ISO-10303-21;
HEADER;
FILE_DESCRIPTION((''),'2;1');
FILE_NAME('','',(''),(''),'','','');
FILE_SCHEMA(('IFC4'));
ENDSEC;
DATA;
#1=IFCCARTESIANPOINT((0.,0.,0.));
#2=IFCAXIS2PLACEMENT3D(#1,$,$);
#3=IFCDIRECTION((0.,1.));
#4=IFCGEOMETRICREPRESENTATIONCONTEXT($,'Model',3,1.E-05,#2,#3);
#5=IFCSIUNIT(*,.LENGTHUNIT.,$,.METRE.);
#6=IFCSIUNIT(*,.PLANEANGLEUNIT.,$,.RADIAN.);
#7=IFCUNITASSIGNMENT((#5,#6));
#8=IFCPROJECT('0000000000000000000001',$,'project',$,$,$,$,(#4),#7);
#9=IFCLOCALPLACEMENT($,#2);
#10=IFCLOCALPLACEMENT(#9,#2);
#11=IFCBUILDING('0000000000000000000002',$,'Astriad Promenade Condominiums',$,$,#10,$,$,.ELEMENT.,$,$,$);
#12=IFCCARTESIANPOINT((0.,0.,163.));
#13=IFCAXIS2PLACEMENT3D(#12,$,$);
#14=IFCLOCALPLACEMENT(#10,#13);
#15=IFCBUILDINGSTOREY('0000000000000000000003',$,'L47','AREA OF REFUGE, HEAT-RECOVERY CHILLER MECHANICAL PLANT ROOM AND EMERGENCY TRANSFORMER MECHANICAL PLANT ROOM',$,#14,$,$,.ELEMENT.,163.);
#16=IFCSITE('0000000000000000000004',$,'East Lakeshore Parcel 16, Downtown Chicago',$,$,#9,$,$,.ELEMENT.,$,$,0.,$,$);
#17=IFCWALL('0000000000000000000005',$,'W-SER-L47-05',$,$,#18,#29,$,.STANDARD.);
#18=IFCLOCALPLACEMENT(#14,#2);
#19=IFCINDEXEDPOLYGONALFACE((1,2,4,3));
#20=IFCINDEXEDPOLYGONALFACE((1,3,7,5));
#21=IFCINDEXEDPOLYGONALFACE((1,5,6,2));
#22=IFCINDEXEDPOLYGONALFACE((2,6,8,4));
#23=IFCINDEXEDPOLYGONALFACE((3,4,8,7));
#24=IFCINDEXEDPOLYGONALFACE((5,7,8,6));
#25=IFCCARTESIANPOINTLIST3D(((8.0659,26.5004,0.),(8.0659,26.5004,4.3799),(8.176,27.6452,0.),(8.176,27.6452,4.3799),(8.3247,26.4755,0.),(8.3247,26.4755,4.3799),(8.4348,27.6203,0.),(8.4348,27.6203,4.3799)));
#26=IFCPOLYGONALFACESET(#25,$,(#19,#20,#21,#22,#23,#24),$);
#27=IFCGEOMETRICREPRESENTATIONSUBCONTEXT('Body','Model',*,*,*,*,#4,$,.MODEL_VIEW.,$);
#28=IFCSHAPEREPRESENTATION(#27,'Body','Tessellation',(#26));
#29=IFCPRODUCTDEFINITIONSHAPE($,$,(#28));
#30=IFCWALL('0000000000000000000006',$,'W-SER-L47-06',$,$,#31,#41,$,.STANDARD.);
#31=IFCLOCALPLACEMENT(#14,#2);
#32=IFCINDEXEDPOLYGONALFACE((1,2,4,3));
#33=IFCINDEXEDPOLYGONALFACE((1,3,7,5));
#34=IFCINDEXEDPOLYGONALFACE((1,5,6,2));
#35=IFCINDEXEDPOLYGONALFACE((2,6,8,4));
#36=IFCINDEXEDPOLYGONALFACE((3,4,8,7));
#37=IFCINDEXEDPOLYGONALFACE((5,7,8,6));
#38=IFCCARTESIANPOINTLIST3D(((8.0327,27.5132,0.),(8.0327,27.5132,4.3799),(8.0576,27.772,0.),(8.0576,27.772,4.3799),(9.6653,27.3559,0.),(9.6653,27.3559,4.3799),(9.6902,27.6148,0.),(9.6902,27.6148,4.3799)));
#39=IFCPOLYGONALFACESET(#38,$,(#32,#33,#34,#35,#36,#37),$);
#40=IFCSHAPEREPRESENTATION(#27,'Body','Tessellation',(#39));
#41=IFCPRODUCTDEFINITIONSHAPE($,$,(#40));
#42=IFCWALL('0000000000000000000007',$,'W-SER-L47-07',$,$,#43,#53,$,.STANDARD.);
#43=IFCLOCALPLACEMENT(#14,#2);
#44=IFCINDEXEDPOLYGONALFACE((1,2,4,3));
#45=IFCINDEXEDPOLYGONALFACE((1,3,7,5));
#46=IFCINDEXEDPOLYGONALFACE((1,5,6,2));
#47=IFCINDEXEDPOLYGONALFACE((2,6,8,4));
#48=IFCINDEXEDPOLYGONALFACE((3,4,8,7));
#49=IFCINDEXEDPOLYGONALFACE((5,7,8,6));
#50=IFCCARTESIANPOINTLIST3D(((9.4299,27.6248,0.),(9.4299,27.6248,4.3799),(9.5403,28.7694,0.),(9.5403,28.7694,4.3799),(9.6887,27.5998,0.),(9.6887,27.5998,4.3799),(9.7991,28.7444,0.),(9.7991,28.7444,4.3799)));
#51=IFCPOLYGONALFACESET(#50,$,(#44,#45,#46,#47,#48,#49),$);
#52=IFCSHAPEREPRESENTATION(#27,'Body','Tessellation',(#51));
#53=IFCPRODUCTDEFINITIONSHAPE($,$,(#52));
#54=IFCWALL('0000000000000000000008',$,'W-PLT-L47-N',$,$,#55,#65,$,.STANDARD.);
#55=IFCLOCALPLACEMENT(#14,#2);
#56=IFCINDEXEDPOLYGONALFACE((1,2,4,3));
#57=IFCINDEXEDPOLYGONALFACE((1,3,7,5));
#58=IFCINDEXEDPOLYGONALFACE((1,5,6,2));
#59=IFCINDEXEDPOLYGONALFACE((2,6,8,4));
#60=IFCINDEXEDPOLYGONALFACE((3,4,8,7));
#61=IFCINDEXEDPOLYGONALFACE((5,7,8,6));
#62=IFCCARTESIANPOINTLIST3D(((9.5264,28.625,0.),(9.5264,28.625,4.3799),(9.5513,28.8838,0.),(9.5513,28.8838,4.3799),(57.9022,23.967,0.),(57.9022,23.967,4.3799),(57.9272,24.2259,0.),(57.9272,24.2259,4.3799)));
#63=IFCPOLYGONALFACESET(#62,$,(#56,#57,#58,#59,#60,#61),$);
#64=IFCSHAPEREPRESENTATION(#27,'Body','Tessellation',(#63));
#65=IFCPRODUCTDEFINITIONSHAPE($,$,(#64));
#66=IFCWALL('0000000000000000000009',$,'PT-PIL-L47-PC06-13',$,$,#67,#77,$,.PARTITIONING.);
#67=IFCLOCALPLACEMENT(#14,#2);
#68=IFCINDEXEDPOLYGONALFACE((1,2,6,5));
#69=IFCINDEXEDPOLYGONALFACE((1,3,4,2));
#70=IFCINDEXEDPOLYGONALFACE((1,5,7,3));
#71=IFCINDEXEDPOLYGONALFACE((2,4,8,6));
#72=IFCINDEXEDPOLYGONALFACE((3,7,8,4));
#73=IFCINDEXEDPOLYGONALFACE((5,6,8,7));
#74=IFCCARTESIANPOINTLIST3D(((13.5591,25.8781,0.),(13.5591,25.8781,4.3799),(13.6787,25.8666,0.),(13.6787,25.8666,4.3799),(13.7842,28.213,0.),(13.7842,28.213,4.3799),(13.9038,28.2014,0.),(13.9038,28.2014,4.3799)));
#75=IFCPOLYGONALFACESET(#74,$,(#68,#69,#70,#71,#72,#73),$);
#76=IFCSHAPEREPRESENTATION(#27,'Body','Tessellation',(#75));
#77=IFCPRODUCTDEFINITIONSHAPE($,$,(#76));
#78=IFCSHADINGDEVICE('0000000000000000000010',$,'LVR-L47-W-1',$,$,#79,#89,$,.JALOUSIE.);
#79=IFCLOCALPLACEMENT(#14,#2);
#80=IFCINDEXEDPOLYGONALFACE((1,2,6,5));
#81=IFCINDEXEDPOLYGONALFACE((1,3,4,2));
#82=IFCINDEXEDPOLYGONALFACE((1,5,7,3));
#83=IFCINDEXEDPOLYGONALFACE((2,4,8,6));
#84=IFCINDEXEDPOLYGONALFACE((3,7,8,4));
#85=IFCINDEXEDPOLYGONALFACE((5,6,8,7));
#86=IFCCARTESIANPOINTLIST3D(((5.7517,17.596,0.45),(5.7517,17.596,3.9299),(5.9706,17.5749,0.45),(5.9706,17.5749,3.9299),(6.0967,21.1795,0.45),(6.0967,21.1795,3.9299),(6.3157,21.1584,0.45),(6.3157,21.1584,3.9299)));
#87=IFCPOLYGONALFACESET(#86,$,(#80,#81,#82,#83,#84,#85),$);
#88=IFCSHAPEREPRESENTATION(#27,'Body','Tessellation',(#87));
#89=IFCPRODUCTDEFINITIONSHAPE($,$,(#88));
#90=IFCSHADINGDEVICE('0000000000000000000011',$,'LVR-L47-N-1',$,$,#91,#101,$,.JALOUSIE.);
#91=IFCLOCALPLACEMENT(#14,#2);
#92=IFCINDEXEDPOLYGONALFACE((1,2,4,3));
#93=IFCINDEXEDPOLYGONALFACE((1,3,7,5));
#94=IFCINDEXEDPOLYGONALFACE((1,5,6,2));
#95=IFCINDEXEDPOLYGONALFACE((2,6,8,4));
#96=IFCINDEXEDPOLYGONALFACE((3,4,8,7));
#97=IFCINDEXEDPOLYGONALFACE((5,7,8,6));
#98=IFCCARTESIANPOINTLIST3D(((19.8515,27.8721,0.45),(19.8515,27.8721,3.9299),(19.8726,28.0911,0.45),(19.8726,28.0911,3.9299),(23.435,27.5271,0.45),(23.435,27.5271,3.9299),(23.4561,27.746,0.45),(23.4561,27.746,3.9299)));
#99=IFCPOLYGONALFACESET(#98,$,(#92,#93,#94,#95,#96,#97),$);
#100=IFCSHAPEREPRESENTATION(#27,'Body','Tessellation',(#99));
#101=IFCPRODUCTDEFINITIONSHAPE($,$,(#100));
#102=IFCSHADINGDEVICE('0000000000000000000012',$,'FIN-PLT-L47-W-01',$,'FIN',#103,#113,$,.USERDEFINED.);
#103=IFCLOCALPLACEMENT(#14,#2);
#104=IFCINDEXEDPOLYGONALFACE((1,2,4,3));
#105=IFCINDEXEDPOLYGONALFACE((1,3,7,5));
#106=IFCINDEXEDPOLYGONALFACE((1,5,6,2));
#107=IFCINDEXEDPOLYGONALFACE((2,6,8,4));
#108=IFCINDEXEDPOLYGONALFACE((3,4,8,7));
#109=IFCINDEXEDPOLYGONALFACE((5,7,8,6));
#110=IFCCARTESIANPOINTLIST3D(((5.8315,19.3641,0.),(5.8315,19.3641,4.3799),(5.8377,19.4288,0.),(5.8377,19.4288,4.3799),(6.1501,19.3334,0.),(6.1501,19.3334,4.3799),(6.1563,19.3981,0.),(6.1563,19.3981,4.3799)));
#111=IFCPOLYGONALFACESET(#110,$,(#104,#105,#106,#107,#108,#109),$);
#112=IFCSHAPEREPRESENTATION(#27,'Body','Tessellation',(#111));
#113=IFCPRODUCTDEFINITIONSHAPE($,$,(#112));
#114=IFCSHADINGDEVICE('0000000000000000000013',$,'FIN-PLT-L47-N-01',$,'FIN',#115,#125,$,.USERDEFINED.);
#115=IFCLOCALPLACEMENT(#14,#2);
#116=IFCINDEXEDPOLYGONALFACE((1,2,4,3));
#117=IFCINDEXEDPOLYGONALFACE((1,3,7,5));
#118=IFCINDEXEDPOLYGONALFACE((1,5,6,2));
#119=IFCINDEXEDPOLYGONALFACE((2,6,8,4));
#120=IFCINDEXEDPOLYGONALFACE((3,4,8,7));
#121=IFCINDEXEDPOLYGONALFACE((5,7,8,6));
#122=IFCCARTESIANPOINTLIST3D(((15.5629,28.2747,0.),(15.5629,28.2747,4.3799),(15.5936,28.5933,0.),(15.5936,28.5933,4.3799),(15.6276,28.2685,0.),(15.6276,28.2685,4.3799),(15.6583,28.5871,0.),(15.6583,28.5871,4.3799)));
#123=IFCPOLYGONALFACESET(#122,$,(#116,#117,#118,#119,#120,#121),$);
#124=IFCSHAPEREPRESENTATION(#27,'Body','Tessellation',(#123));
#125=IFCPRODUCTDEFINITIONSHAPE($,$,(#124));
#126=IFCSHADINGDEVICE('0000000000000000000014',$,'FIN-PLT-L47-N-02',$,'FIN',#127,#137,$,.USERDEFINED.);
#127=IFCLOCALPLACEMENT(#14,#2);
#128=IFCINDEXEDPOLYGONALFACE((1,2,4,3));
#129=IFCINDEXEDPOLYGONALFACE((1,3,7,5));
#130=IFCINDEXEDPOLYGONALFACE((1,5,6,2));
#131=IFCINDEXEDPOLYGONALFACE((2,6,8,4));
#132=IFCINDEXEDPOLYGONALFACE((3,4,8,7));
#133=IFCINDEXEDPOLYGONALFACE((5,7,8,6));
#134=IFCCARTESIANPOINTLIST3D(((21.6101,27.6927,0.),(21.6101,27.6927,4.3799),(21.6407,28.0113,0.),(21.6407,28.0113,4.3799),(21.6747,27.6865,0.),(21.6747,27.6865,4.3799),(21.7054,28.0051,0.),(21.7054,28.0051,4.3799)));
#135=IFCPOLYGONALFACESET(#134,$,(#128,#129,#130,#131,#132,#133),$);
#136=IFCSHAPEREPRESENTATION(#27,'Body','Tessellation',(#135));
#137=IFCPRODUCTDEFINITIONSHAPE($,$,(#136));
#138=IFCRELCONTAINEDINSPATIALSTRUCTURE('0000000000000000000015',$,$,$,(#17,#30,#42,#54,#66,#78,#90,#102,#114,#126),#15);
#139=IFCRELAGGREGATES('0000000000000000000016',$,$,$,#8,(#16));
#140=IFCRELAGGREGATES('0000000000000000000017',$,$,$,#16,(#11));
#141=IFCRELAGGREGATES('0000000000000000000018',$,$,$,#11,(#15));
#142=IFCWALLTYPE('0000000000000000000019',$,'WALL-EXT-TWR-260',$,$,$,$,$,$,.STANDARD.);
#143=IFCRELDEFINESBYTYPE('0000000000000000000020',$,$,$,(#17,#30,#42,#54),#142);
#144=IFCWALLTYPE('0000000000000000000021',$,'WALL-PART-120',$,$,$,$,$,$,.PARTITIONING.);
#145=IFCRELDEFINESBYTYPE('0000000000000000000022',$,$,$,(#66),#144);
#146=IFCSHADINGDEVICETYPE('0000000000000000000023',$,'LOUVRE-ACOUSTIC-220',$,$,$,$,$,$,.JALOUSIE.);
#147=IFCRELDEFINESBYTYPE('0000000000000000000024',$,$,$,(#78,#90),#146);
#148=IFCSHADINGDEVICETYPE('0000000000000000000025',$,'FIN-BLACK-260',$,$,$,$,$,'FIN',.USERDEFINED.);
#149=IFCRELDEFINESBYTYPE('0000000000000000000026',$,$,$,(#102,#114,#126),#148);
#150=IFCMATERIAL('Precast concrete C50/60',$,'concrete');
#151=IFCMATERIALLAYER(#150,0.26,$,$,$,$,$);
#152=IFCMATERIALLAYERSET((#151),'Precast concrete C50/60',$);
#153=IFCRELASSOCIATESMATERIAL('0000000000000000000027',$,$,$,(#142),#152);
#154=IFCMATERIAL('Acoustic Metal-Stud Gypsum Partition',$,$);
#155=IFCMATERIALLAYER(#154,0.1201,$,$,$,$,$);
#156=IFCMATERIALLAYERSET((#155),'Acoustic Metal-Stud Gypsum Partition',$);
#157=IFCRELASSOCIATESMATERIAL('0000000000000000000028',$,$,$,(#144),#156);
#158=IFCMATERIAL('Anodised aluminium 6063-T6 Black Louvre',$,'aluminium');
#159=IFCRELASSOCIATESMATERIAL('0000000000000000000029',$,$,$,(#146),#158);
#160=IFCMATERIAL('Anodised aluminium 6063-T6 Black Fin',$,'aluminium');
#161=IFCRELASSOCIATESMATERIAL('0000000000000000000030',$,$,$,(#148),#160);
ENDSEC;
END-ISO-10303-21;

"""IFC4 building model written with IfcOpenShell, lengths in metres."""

from ifc_helpers import new_model, si_unit, direction, frame, frame_2d, origin, origin_2d, place, context, subcontext, project, spatial, rectangle, extrude, source, transform, mapped, material, layer, layer_set, type_object, type_shapes, element, save


model = new_model("IFC4")

# Units and contexts
model_context = context("Model", 3, precision=1e-05, world=origin(), true_north=direction((0.0, 1.0)))
body_context = subcontext(model_context, "Body", "Model", "MODEL_VIEW")
ifc_project = project(units=[si_unit("LENGTHUNIT", "METRE"), si_unit("PLANEANGLEUNIT", "RADIAN")], contexts=[model_context])

# Site, building, storey
site_placement = place(None, origin())
site = spatial("IfcSite", under=ifc_project, at=site_placement, Name="East Lakeshore Parcel 16, Downtown Chicago", CompositionType="ELEMENT", RefElevation=0.0)
building_placement = place(site_placement, origin())
building = spatial("IfcBuilding", under=site, at=building_placement, Name="Astriad Promenade Condominiums", CompositionType="ELEMENT")
storey_placement = place(building_placement, frame((0.0, 0.0, 163.0)))
storey = spatial("IfcBuildingStorey", under=building, at=storey_placement, Name="L47", Description="AREA OF REFUGE, HEAT-RECOVERY CHILLER MECHANICAL PLANT ROOM AND EMERGENCY TRANSFORMER MECHANICAL PLANT ROOM", CompositionType="ELEMENT", Elevation=163.0)

# Walls
ifc_material_1 = material(Name="Precast concrete C50/60", Category="concrete")
ifc_layer_1 = layer(ifc_material_1, 0.26)
ifc_layer_set_1 = layer_set([ifc_layer_1], Name="Precast concrete C50/60")
wall_type_1 = type_object("IfcWallType", Name="WALL-EXT-TWR-260", PredefinedType="STANDARD", material=ifc_layer_set_1)
wall_1_placement = place(storey_placement, frame((8.1953, 26.4878, 0.0), z_axis=(0.0, 0.0, 1.0), x_axis=(0.095741, 0.995406, 0.0)))
element("IfcWall", 1, at=wall_1_placement, inside=storey, type_object=wall_type_1, Name="W-SER-L47-05", PredefinedType="STANDARD", context=body_context, shape_type="SweptSolid", body=[
    extrude(rectangle(XDim=1.1501, YDim=0.26, at=frame_2d((0.5752, 0.0))), origin(), (0.0, 0.0, 1.0), 4.3799),
])
wall_2_placement = place(storey_placement, frame((8.0452, 27.6426, 0.0), z_axis=(0.0, 0.0, 1.0), x_axis=(0.995395, -0.095863, 0.0)))
element("IfcWall", 2, at=wall_2_placement, inside=storey, type_object=wall_type_1, Name="W-SER-L47-06", PredefinedType="STANDARD", context=body_context, shape_type="SweptSolid", body=[
    extrude(rectangle(XDim=1.6401, YDim=0.26, at=frame_2d((0.8201, 0.0))), origin(), (0.0, 0.0, 1.0), 4.3799),
])
wall_3_placement = place(storey_placement, frame((9.5593, 27.6123, 0.0), z_axis=(0.0, 0.0, 1.0), x_axis=(0.095971, 0.995384, 0.0)))
element("IfcWall", 3, at=wall_3_placement, inside=storey, type_object=wall_type_1, Name="W-SER-L47-07", PredefinedType="STANDARD", context=body_context, shape_type="SweptSolid", body=[
    extrude(rectangle(XDim=1.1499, YDim=0.26, at=frame_2d((0.575, 0.0))), origin(), (0.0, 0.0, 1.0), 4.3799),
])
wall_4_placement = place(storey_placement, frame((9.5388, 28.7544, 0.0), z_axis=(0.0, 0.0, 1.0), x_axis=(0.995396, -0.095843, 0.0)))
element("IfcWall", 4, at=wall_4_placement, inside=storey, type_object=wall_type_1, Name="W-PLT-L47-N", PredefinedType="STANDARD", context=body_context, shape_type="SweptSolid", body=[
    extrude(rectangle(XDim=48.5996, YDim=0.26, at=frame_2d((24.2998, 0.0))), origin(), (0.0, 0.0, 1.0), 4.3799),
])
ifc_material_2 = material(Name="Acoustic Metal-Stud Gypsum Partition")
ifc_layer_2 = layer(ifc_material_2, 0.1201)
ifc_layer_set_2 = layer_set([ifc_layer_2], Name="Acoustic Metal-Stud Gypsum Partition")
wall_type_2 = type_object("IfcWallType", Name="WALL-PART-120", PredefinedType="PARTITIONING", material=ifc_layer_set_2)
wall_5_placement = place(storey_placement, frame((13.6189, 25.8723, 0.0), z_axis=(0.0, 0.0, 1.0), x_axis=(0.095958, 0.995385, 0.0)))
element("IfcWall", 5, at=wall_5_placement, inside=storey, type_object=wall_type_2, Name="PT-PIL-L47-PC06-13", PredefinedType="PARTITIONING", context=body_context, shape_type="SweptSolid", body=[
    extrude(rectangle(XDim=2.3457, YDim=0.1201, at=frame_2d((1.1729, 0.0))), origin(), (0.0, 0.0, 1.0), 4.3799),
])

# Shading devices
ifc_material_3 = material(Name="Anodised aluminium 6063-T6 Black Louvre", Category="aluminium")
shading_device_type_1 = type_object("IfcShadingDeviceType", Name="LOUVRE-ACOUSTIC-220", PredefinedType="JALOUSIE", material=ifc_material_3)
shared_shape_1 = source(origin(), body_context, "Body", "SweptSolid", [
    extrude(rectangle(XDim=3.6001, YDim=0.22, at=origin_2d()), origin(), (0.0, 0.0, 1.0), 3.48),
])
type_shapes(shading_device_type_1, [shared_shape_1])
for number, where, z_axis, x_axis, name in (
    (6, (6.0337, 19.3772, 0.45), (0.0, 0.0, 1.0), (0.095846, 0.995396, 0.0), "LVR-L47-W-1"),
    (7, (21.6538, 27.8091, 0.45), (0.0, 0.0, 1.0), (0.995396, -0.095846, 0.0), "LVR-L47-N-1"),
):
    element("IfcShadingDevice", number, at=place(storey_placement, frame(where, z_axis=z_axis, x_axis=x_axis)), inside=storey, type_object=shading_device_type_1, Name=name, PredefinedType="JALOUSIE", context=body_context, shape_type="MappedRepresentation", body=[
        mapped(shared_shape_1, transform((0.0, 0.0, 0.0), scale=1.0)),
    ])
ifc_material_4 = material(Name="Anodised aluminium 6063-T6 Black Fin", Category="aluminium")
shading_device_type_2 = type_object("IfcShadingDeviceType", Name="FIN-BLACK-260", ElementType="FIN", PredefinedType="USERDEFINED", material=ifc_material_4)
shared_shape_2 = source(origin(), body_context, "Body", "SweptSolid", [
    extrude(rectangle(XDim=0.0649, YDim=0.3201, at=origin_2d()), origin(), (0.0, 0.0, 1.0), 4.3799),
])
type_shapes(shading_device_type_2, [shared_shape_2])
for number, where, z_axis, x_axis, name in (
    (8, (5.9939, 19.3811, 0.0), (0.0, 0.0, 1.0), (0.095846, 0.995396, 0.0), "FIN-PLT-L47-W-01"),
    (9, (15.6106, 28.4309, 0.0), (0.0, 0.0, 1.0), (0.995396, -0.095846, 0.0), "FIN-PLT-L47-N-01"),
    (10, (21.6577, 27.8489, 0.0), (0.0, 0.0, 1.0), (0.995396, -0.095846, 0.0), "FIN-PLT-L47-N-02"),
):
    element("IfcShadingDevice", number, at=place(storey_placement, frame(where, z_axis=z_axis, x_axis=x_axis)), inside=storey, type_object=shading_device_type_2, Name=name, ObjectType="FIN", PredefinedType="USERDEFINED", context=body_context, shape_type="MappedRepresentation", body=[
        mapped(shared_shape_2, transform((0.0, 0.0, 0.0), scale=1.0)),
    ])

save(model, "model.ifc")
